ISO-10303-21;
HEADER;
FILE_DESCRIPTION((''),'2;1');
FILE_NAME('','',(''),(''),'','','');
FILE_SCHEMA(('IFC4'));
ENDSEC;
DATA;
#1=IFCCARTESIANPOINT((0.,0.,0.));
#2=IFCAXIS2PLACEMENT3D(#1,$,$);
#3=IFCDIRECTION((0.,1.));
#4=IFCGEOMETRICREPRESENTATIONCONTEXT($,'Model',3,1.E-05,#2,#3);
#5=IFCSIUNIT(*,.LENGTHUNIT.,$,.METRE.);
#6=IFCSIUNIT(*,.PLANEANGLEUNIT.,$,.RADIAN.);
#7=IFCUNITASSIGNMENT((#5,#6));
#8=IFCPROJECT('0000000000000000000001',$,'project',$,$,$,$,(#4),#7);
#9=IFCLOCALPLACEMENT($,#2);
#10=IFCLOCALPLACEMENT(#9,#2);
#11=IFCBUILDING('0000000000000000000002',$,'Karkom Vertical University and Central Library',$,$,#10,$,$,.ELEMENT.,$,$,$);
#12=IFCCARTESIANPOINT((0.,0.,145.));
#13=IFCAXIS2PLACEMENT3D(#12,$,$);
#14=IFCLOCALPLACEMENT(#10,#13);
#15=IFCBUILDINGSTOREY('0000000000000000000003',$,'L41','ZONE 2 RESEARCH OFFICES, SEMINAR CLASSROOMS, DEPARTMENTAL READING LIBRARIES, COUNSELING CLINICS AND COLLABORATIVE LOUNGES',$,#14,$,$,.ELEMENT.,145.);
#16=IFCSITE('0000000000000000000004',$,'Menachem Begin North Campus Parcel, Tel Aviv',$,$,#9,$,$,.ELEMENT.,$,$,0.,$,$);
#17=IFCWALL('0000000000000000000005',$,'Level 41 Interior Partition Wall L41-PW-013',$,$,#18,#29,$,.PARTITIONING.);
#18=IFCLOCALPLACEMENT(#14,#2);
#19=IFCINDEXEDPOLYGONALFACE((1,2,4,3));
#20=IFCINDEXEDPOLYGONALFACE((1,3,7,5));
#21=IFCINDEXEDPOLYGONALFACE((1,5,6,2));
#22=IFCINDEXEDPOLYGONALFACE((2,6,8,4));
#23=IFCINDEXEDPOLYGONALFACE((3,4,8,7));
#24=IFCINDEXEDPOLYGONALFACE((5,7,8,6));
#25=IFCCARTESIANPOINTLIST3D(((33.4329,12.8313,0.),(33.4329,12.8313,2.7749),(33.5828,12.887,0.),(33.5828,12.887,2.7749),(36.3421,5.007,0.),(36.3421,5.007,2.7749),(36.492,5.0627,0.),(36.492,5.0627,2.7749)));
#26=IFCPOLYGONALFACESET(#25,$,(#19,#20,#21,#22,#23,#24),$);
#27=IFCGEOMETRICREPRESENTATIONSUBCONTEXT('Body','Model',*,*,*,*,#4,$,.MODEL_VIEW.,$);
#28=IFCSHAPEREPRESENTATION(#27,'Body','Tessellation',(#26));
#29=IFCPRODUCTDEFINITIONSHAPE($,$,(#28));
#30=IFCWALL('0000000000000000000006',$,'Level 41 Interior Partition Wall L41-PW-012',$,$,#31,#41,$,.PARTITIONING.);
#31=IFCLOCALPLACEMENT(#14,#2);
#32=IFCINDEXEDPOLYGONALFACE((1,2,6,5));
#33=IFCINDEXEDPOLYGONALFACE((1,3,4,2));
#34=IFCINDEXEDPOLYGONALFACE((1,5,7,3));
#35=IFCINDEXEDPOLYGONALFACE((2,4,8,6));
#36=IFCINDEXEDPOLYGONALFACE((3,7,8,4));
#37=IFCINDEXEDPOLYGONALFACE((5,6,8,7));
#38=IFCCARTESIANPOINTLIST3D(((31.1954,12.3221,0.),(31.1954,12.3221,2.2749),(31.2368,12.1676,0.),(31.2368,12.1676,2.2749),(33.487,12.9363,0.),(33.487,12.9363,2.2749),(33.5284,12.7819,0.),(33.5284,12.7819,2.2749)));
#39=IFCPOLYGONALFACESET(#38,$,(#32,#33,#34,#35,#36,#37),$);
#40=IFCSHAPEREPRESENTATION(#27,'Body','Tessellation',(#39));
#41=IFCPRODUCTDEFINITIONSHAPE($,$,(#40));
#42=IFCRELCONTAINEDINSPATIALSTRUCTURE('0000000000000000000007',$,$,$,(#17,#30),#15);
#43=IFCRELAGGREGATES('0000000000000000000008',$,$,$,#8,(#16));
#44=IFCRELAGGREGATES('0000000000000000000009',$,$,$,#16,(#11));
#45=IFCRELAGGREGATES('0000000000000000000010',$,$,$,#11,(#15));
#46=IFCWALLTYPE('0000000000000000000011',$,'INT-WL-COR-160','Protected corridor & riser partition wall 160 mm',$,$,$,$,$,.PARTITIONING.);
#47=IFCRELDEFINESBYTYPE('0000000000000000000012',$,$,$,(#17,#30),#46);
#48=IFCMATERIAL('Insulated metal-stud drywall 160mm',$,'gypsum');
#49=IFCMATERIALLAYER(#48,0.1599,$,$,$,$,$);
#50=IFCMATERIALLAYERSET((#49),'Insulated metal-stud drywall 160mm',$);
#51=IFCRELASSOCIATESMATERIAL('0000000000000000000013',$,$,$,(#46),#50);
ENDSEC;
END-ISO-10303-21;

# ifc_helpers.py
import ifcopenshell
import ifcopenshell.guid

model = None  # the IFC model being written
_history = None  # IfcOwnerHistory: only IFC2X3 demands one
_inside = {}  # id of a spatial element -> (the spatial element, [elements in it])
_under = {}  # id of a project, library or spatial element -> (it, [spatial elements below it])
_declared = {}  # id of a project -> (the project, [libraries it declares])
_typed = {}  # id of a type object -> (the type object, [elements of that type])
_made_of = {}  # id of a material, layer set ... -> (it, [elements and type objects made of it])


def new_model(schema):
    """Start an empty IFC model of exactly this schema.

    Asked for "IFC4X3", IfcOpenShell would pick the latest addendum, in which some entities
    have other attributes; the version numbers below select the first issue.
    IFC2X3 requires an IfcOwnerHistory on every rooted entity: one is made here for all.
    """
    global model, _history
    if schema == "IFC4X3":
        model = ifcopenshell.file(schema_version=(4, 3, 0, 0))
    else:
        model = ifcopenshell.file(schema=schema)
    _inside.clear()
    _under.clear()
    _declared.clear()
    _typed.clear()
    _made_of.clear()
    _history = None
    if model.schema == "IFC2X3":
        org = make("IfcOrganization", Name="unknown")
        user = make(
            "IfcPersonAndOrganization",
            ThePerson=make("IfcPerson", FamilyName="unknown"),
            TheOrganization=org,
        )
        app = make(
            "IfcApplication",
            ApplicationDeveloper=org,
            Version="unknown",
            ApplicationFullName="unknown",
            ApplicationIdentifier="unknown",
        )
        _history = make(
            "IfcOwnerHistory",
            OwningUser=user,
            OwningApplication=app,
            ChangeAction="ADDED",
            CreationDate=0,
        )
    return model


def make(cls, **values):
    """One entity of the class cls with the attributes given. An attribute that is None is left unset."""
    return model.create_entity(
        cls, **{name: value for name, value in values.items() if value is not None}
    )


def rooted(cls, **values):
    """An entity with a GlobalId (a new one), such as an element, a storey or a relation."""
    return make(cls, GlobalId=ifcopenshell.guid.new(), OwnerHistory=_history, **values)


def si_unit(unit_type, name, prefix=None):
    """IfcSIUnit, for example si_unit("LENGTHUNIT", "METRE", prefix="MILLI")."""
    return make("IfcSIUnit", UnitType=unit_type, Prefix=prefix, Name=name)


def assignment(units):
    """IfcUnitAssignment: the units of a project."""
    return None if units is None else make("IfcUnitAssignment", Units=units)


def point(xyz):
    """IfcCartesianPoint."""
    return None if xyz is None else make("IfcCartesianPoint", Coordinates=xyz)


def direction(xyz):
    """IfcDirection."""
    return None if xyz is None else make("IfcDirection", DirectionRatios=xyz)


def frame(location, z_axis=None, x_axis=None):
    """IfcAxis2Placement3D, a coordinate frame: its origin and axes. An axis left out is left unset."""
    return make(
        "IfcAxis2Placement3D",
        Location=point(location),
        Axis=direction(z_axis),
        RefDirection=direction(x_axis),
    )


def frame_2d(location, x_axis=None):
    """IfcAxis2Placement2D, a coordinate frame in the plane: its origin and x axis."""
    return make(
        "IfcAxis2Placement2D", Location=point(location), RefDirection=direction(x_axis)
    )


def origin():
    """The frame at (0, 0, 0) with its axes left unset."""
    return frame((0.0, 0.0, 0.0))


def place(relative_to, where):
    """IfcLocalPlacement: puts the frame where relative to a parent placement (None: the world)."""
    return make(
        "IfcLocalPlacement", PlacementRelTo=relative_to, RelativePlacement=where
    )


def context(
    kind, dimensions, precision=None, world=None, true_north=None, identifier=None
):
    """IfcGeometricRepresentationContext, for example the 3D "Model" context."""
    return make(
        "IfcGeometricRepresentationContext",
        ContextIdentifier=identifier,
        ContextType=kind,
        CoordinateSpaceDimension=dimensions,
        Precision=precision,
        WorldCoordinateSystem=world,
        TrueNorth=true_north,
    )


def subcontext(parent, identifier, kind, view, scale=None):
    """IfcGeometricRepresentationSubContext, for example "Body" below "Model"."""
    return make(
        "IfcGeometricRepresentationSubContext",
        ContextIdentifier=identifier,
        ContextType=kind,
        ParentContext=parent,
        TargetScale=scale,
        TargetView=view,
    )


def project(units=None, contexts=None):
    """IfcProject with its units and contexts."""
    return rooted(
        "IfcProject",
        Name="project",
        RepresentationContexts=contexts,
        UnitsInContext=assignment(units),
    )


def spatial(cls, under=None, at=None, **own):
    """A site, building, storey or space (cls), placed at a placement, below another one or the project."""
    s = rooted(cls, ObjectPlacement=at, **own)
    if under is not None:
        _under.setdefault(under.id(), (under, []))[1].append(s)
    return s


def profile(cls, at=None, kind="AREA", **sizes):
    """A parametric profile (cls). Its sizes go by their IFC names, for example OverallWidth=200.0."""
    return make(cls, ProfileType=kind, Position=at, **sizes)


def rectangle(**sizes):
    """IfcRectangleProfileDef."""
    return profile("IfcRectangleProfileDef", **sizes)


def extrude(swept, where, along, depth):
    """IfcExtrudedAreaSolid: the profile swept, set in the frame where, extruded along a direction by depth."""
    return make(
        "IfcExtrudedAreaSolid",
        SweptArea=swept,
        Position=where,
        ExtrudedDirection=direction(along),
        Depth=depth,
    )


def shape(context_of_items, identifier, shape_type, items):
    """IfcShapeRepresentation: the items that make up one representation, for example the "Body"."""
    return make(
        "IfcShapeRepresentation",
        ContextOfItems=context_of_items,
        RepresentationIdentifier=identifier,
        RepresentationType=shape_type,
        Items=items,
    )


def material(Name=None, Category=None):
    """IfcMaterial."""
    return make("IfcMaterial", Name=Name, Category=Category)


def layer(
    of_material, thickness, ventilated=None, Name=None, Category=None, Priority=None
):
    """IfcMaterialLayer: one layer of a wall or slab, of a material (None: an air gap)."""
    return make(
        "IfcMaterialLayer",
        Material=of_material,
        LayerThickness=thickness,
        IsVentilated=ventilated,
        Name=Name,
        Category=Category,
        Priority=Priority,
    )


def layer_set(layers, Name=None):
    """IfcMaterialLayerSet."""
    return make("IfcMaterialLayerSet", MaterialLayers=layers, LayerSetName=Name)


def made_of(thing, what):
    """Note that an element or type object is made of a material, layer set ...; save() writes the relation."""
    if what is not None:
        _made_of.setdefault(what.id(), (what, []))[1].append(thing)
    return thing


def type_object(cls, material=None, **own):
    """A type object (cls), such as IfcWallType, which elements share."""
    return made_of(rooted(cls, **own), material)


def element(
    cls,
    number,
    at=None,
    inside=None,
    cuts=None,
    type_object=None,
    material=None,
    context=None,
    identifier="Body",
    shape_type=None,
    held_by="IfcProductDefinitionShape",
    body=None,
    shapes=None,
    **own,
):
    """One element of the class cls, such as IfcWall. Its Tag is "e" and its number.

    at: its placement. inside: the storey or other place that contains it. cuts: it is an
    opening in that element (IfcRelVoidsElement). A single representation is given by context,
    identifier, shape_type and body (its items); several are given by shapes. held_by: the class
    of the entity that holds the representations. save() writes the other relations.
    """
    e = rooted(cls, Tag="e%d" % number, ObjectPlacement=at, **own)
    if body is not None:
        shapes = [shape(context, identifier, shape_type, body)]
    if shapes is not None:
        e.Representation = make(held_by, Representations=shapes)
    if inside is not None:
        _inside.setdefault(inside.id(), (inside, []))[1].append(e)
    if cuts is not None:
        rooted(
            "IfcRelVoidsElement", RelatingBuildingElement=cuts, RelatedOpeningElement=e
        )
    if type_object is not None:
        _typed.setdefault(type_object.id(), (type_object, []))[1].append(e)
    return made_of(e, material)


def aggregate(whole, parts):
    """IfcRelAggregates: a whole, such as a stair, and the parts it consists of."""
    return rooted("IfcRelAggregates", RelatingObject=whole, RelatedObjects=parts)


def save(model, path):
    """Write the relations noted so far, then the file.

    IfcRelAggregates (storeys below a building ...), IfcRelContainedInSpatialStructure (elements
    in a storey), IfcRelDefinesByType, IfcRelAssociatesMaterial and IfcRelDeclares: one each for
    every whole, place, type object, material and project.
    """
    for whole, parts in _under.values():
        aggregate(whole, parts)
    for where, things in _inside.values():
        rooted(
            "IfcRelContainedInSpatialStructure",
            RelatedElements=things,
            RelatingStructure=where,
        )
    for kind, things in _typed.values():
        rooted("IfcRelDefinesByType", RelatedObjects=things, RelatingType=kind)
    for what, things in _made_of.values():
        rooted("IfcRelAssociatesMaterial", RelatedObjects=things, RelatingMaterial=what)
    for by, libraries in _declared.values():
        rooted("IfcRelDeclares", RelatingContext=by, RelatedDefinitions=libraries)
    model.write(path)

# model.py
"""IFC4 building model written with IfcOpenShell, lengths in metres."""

from ifc_helpers import new_model, si_unit, direction, frame, frame_2d, origin, place, context, subcontext, project, spatial, rectangle, extrude, material, layer, layer_set, type_object, element, save


model = new_model("IFC4")

# Units and contexts
model_context = context("Model", 3, precision=1e-05, world=origin(), true_north=direction((0.0, 1.0)))
body_context = subcontext(model_context, "Body", "Model", "MODEL_VIEW")
ifc_project = project(units=[si_unit("LENGTHUNIT", "METRE"), si_unit("PLANEANGLEUNIT", "RADIAN")], contexts=[model_context])

# Site, building, storey
site_placement = place(None, origin())
site = spatial("IfcSite", under=ifc_project, at=site_placement, Name="Menachem Begin North Campus Parcel, Tel Aviv", CompositionType="ELEMENT", RefElevation=0.0)
building_placement = place(site_placement, origin())
building = spatial("IfcBuilding", under=site, at=building_placement, Name="Karkom Vertical University and Central Library", CompositionType="ELEMENT")
storey_placement = place(building_placement, frame((0.0, 0.0, 145.0)))
storey = spatial("IfcBuildingStorey", under=building, at=storey_placement, Name="L41", Description="ZONE 2 RESEARCH OFFICES, SEMINAR CLASSROOMS, DEPARTMENTAL READING LIBRARIES, COUNSELING CLINICS AND COLLABORATIVE LOUNGES", CompositionType="ELEMENT", Elevation=145.0)

# Shared definitions
ifc_material_1 = material(Name="Insulated metal-stud drywall 160mm", Category="gypsum")
ifc_layer_1 = layer(ifc_material_1, 0.1599)
ifc_layer_set_1 = layer_set([ifc_layer_1], Name="Insulated metal-stud drywall 160mm")
wall_type_1 = type_object("IfcWallType", Name="INT-WL-COR-160", Description="Protected corridor & riser partition wall 160 mm", PredefinedType="PARTITIONING", material=ifc_layer_set_1)

# Wall
wall_1_placement = place(storey_placement, frame((33.5078, 12.8591, 0.0), z_axis=(0.0, 0.0, 1.0), x_axis=(0.348507, -0.937306, 0.0)))
element("IfcWall", 1, at=wall_1_placement, inside=storey, type_object=wall_type_1, Name="Level 41 Interior Partition Wall L41-PW-013", PredefinedType="PARTITIONING", context=body_context, shape_type="SweptSolid", body=[
    extrude(rectangle(XDim=8.3477, YDim=0.1599, at=frame_2d((4.1738, 0.0))), origin(), (0.0, 0.0, 1.0), 2.7749),
])

# Wall
wall_2_placement = place(storey_placement, frame((31.2161, 12.2449, 0.0), z_axis=(0.0, 0.0, 1.0), x_axis=(0.965906, 0.258892, 0.0)))
element("IfcWall", 2, at=wall_2_placement, inside=storey, type_object=wall_type_1, Name="Level 41 Interior Partition Wall L41-PW-012", PredefinedType="PARTITIONING", context=body_context, shape_type="SweptSolid", body=[
    extrude(rectangle(XDim=2.3726, YDim=0.1599, at=frame_2d((1.1863, 0.0))), origin(), (0.0, 0.0, 1.0), 2.2749),
])

save(model, "model.ifc")
